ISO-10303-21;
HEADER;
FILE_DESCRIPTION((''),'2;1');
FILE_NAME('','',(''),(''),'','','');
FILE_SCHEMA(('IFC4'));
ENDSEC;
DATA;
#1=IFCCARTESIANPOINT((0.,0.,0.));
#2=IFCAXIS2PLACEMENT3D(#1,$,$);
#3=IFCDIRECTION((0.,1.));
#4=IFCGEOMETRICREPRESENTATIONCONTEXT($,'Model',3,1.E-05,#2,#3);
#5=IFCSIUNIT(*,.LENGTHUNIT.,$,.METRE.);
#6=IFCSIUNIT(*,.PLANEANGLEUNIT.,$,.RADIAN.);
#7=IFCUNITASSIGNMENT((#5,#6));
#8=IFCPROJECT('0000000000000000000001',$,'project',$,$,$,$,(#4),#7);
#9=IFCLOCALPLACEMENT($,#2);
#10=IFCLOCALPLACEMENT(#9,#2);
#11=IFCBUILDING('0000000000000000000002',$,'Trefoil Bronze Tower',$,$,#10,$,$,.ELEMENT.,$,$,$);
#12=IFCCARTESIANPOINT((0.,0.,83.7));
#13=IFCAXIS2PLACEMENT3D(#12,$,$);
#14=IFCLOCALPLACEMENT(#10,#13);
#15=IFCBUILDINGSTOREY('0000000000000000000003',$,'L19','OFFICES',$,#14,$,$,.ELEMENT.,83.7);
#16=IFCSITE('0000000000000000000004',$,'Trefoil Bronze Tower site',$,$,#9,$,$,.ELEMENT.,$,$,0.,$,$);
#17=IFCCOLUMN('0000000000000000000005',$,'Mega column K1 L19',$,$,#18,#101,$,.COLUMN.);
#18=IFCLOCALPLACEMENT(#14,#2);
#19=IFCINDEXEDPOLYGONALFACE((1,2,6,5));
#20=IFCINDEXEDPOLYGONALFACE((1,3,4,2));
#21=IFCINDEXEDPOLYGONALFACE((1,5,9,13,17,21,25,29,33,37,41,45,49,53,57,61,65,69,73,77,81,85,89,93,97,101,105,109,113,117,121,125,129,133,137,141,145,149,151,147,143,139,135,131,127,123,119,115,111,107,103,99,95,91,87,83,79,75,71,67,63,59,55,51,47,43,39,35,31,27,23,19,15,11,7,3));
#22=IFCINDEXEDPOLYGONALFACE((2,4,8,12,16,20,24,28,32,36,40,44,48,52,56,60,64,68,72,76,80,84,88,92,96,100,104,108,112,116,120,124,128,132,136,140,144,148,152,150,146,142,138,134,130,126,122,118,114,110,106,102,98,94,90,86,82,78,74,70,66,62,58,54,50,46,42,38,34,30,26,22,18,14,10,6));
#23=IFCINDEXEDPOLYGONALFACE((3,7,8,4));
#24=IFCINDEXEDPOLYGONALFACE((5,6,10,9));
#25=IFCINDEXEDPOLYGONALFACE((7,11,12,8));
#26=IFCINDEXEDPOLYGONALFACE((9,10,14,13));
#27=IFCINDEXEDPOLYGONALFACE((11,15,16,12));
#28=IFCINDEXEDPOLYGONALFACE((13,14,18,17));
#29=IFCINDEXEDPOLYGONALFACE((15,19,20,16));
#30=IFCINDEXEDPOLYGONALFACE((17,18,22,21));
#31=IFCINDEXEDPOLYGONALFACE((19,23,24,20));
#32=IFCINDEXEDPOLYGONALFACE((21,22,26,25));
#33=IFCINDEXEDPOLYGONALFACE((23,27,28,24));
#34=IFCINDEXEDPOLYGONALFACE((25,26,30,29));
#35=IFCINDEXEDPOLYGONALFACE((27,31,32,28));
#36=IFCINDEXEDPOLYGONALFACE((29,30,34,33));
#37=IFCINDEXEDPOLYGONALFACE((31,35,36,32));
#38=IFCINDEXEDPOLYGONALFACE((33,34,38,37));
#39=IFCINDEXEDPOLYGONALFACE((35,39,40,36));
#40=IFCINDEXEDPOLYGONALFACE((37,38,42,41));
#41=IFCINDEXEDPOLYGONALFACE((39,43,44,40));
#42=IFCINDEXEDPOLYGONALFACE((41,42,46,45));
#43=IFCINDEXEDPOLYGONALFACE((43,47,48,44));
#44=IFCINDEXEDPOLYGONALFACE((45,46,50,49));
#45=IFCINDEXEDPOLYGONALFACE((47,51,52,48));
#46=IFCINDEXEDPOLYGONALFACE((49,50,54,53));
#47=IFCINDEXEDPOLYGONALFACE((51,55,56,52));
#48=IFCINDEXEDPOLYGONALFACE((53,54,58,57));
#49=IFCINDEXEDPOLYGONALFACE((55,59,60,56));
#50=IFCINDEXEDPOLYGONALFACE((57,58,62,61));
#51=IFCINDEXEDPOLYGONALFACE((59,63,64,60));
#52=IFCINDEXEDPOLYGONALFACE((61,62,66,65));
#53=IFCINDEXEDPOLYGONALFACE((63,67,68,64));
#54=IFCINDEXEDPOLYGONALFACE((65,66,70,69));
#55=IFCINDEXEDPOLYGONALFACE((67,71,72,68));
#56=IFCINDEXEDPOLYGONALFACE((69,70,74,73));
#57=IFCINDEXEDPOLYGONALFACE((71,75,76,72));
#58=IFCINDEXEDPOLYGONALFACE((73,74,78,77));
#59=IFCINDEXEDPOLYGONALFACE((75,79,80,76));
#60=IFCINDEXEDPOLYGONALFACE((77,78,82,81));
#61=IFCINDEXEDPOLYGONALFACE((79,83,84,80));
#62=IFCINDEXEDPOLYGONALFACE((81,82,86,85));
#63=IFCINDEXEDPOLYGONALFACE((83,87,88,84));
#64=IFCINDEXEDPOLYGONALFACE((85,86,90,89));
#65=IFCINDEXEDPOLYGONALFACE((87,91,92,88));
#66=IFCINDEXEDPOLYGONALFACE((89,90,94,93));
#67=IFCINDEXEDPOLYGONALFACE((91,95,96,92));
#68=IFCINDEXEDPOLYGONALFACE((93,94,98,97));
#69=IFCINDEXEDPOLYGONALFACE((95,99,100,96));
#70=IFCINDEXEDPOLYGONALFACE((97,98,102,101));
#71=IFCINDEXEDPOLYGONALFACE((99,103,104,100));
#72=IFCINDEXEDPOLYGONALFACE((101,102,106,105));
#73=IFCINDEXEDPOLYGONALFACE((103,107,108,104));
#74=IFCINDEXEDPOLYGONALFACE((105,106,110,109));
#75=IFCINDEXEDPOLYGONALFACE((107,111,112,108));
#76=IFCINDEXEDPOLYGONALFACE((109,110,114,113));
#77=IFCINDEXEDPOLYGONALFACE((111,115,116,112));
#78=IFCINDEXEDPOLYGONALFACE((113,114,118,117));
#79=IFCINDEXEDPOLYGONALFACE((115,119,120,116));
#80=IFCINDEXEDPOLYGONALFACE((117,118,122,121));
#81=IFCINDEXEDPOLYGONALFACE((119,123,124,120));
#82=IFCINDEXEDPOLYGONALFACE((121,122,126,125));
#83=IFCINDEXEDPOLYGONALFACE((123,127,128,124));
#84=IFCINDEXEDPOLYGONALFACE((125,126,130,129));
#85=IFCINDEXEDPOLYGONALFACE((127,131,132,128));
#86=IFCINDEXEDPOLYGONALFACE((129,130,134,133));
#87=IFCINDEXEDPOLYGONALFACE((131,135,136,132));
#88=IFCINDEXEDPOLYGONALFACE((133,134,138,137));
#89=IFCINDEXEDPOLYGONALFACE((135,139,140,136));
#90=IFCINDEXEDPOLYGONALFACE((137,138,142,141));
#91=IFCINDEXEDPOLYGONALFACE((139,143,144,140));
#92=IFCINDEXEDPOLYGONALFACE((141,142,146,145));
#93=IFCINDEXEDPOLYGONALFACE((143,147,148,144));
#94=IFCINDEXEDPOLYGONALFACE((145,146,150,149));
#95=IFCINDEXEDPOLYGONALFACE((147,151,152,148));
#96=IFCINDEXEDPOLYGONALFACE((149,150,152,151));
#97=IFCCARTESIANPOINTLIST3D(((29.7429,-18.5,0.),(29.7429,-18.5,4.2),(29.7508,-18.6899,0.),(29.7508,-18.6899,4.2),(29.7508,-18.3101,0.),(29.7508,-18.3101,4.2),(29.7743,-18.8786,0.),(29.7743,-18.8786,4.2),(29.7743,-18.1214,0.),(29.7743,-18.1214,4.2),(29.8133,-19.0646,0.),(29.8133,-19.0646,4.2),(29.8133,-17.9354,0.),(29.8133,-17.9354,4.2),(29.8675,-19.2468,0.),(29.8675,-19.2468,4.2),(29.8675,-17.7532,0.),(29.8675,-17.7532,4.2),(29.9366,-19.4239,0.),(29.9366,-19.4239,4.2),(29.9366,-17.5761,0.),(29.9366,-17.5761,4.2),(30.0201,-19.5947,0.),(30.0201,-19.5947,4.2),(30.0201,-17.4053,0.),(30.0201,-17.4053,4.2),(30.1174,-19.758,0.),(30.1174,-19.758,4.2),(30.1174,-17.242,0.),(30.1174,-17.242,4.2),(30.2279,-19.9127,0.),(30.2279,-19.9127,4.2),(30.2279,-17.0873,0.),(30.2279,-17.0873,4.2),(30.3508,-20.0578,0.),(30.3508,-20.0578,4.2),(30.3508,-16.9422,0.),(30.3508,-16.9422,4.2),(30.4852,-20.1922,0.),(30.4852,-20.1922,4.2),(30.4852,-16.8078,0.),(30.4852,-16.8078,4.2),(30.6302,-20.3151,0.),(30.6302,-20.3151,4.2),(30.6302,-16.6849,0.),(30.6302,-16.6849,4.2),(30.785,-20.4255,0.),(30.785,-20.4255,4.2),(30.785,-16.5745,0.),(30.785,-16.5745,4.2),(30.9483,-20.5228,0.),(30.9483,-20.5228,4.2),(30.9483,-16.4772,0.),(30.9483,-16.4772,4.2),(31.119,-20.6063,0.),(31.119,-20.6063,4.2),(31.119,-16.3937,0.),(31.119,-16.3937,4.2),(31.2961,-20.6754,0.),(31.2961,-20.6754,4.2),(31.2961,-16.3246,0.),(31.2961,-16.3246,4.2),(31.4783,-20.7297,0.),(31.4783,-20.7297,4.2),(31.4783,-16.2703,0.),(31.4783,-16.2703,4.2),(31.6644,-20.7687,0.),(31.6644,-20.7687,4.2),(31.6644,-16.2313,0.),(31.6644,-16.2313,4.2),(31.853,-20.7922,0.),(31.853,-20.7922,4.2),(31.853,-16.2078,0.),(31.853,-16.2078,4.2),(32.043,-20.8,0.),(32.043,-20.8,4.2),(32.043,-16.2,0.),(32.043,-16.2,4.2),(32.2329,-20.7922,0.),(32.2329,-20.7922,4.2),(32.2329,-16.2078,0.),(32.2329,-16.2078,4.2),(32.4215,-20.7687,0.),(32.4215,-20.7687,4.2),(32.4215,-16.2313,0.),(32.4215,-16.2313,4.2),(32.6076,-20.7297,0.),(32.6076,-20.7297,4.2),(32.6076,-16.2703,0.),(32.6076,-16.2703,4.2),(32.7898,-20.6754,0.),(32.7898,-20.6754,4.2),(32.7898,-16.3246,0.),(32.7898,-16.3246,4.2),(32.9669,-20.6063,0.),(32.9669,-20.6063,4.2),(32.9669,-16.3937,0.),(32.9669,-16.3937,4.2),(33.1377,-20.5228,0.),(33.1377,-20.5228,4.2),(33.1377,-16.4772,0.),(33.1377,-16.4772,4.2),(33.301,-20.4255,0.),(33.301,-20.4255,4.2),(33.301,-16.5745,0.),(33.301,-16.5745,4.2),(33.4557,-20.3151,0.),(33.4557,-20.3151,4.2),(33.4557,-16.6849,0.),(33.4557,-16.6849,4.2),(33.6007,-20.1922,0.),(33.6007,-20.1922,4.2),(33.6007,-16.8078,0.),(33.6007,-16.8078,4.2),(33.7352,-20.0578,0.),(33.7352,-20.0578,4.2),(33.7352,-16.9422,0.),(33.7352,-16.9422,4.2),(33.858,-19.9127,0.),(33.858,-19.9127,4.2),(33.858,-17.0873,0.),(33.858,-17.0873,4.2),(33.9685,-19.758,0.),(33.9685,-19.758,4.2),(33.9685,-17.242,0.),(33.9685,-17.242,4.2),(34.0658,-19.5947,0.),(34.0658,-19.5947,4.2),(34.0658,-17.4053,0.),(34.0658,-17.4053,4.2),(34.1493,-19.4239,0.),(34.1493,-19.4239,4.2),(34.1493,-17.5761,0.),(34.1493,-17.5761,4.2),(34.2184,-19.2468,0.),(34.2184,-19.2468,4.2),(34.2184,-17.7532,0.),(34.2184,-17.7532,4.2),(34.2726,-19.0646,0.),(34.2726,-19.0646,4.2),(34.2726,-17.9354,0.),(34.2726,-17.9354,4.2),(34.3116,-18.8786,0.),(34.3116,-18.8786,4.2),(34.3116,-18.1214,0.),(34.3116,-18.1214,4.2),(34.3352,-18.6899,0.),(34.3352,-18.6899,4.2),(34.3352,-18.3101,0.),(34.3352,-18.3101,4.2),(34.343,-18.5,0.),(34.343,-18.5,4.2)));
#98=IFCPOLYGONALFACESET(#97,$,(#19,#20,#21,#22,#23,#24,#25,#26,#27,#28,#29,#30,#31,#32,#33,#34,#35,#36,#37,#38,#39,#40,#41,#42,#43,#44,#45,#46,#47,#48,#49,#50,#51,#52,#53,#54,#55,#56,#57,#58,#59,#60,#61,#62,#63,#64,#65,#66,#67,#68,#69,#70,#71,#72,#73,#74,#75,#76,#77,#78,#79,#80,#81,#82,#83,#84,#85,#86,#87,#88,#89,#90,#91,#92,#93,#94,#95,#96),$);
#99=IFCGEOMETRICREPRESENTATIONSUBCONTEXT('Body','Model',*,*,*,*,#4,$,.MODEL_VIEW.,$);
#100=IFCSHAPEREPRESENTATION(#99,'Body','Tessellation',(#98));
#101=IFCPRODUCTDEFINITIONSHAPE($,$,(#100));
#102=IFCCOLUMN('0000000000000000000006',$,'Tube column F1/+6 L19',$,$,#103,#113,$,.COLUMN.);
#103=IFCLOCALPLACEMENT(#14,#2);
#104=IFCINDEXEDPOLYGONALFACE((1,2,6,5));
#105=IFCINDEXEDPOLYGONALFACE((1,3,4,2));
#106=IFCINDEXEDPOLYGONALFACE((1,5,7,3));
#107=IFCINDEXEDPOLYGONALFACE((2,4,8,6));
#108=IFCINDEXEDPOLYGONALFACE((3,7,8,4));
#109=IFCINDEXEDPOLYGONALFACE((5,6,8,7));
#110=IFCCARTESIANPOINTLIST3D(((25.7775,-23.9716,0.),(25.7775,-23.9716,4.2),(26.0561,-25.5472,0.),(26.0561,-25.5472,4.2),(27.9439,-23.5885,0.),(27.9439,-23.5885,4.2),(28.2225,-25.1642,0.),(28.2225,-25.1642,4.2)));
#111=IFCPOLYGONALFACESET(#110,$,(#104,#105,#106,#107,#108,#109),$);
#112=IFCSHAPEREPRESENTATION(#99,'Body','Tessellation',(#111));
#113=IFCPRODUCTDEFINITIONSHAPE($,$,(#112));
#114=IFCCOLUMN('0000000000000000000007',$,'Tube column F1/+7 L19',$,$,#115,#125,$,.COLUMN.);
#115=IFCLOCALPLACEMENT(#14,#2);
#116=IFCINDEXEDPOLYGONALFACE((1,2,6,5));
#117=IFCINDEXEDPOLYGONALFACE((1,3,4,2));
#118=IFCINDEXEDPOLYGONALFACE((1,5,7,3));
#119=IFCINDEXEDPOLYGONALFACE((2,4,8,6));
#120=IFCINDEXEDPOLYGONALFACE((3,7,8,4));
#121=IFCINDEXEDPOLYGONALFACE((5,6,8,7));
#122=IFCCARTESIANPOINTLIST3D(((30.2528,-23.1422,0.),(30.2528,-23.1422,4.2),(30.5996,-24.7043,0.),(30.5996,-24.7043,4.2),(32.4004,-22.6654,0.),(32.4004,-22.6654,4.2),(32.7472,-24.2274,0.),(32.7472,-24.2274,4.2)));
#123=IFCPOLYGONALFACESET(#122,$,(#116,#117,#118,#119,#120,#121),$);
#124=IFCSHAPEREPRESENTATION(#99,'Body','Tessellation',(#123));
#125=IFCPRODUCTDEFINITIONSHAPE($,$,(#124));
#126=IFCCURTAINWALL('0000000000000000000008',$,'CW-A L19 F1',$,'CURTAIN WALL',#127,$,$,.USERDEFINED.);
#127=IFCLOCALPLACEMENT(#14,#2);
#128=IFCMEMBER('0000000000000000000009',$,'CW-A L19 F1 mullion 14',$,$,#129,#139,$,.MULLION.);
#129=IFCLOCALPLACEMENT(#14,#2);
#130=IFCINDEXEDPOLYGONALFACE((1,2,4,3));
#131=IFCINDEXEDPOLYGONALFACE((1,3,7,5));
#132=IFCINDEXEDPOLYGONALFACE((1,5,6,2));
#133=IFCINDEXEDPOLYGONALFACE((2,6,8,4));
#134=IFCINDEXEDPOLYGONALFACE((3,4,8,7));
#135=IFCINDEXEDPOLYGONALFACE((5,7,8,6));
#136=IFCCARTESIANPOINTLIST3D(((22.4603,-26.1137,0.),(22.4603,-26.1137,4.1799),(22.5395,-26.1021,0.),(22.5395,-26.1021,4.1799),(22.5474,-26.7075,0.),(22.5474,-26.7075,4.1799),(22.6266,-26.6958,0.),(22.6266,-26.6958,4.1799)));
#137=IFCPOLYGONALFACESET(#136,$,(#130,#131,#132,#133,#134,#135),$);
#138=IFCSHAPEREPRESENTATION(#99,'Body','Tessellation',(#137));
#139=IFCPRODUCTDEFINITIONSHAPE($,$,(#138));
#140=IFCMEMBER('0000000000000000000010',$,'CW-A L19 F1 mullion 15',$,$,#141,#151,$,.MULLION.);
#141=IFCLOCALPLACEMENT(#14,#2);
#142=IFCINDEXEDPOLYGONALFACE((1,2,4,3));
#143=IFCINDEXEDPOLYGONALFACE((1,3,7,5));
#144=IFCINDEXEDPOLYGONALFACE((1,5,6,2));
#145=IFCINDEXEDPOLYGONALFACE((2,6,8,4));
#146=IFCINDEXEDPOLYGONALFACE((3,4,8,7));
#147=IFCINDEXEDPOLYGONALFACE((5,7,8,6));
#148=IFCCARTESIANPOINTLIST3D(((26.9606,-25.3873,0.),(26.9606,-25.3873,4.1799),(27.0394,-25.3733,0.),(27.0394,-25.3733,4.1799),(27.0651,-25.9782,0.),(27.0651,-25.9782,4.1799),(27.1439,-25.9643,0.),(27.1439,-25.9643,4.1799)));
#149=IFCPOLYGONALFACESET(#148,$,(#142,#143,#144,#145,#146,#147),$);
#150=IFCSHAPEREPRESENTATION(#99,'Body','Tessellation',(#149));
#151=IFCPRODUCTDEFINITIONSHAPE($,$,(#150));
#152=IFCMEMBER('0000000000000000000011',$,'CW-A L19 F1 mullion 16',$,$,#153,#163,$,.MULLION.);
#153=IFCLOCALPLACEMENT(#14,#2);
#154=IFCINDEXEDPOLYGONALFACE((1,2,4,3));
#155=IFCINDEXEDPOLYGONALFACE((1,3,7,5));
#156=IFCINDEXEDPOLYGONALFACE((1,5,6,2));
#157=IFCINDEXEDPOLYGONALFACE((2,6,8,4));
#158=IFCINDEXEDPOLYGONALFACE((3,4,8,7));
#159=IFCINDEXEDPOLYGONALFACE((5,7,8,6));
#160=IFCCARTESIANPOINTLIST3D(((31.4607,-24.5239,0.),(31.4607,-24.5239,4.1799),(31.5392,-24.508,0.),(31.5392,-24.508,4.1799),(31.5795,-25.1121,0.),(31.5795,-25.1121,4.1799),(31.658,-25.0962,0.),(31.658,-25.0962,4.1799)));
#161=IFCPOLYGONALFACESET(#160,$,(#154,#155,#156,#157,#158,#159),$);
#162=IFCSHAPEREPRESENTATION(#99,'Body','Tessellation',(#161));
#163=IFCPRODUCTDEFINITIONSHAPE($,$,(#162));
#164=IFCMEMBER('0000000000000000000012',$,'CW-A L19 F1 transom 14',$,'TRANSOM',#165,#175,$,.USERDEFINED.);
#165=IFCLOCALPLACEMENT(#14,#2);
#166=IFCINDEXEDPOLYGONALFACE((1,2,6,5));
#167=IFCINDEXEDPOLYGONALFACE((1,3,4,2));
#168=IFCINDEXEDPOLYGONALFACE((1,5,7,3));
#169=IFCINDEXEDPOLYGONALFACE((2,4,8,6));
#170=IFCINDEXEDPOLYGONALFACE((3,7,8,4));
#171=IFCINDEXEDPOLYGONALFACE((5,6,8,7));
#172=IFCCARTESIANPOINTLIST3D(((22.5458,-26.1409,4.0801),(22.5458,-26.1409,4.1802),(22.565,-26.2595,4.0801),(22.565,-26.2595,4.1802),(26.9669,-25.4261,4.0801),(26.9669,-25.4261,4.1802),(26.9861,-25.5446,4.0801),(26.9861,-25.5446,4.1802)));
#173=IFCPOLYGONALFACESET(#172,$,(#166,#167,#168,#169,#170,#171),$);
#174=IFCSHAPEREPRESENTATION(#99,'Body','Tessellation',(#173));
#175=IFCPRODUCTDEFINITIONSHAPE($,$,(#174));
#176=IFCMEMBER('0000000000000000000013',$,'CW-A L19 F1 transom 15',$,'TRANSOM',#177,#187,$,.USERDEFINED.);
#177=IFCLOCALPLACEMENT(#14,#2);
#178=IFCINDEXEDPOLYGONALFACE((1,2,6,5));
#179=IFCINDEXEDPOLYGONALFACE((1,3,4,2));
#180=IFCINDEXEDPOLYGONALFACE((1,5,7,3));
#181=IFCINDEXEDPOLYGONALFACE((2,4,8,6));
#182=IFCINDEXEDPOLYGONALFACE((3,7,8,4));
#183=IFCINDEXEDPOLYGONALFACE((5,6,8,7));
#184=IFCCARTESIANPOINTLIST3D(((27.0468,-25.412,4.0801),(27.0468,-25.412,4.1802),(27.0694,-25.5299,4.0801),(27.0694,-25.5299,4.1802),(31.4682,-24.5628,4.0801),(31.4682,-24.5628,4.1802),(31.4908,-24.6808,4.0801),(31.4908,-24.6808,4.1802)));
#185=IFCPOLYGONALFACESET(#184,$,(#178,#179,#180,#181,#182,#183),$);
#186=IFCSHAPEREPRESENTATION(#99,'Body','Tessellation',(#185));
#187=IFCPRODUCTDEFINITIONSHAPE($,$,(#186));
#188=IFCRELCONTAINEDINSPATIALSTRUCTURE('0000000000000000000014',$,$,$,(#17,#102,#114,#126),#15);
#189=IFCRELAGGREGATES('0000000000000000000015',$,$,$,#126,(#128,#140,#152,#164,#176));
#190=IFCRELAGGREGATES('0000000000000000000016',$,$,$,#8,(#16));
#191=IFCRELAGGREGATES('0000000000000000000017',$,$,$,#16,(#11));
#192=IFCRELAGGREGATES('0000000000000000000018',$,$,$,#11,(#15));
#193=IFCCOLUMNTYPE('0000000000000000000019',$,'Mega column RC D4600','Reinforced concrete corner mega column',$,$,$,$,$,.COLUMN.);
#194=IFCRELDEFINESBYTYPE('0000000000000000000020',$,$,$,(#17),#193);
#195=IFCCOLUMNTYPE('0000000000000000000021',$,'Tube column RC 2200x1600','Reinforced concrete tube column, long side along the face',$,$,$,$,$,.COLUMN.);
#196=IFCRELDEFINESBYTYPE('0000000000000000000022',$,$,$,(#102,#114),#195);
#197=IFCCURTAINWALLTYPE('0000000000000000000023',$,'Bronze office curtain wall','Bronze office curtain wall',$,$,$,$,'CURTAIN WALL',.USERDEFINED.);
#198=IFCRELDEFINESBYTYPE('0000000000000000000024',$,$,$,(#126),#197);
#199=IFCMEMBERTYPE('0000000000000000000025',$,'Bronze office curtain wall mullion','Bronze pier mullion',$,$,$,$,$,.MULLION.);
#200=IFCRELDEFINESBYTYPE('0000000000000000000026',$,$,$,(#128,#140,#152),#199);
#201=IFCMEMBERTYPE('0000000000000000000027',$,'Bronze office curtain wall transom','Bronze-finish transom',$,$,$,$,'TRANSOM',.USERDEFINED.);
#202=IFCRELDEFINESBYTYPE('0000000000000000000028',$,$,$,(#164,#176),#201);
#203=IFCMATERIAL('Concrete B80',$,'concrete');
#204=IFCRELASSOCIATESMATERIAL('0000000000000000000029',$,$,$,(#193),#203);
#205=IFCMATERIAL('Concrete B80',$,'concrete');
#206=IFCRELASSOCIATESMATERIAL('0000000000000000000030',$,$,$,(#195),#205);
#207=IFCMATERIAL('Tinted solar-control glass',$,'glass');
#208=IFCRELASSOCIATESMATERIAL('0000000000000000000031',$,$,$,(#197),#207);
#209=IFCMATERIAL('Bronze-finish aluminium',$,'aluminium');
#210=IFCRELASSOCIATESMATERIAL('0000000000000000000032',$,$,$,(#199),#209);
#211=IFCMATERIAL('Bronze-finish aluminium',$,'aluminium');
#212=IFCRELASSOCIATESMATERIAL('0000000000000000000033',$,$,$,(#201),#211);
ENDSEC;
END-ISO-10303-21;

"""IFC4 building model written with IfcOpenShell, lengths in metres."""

from ifc_helpers import new_model, si_unit, direction, frame, origin, origin_2d, place, context, subcontext, project, spatial, rectangle, circle, extrude, material, material_profile, profile_set, type_object, element, aggregate, save


model = new_model("IFC4")

# Units and contexts
model_context = context("Model", 3, precision=1e-05, world=origin(), true_north=direction((0.0, 1.0)))
body_context = subcontext(model_context, "Body", "Model", "MODEL_VIEW")
ifc_project = project(units=[si_unit("LENGTHUNIT", "METRE"), si_unit("PLANEANGLEUNIT", "RADIAN")], contexts=[model_context])

# Site, building, storey
site_placement = place(None, origin())
site = spatial("IfcSite", under=ifc_project, at=site_placement, Name="Trefoil Bronze Tower site", CompositionType="ELEMENT", RefElevation=0.0)
building_placement = place(site_placement, origin())
building = spatial("IfcBuilding", under=site, at=building_placement, Name="Trefoil Bronze Tower", CompositionType="ELEMENT")
storey_placement = place(building_placement, frame((0.0, 0.0, 83.7)))
storey = spatial("IfcBuildingStorey", under=building, at=storey_placement, Name="L19", Description="OFFICES", CompositionType="ELEMENT", Elevation=83.7)

# Columns
ifc_material_1 = material(Name="Concrete B80", Category="concrete")
ifc_material_profile_1 = material_profile(ifc_material_1, circle(Radius=2.3, at=origin_2d()), Name="RC D4600")
ifc_profile_set_1 = profile_set([ifc_material_profile_1], Name="Concrete B80")
column_type_1 = type_object("IfcColumnType", Name="Mega column RC D4600", Description="Reinforced concrete corner mega column", PredefinedType="COLUMN", material=ifc_profile_set_1)
column_placement = place(storey_placement, frame((32.043, -18.5, 0.0), z_axis=(0.0, 0.0, 1.0), x_axis=(1.0, 0.0, 0.0)))
element("IfcColumn", 1, at=column_placement, inside=storey, type_object=column_type_1, Name="Mega column K1 L19", PredefinedType="COLUMN", context=body_context, shape_type="SweptSolid", body=[
    extrude(circle(Radius=2.3, at=origin_2d()), origin(), (0.0, 0.0, 1.0), 4.2),
])
ifc_material_2 = material(Name="Concrete B80", Category="concrete")
ifc_material_profile_2 = material_profile(ifc_material_2, rectangle(XDim=2.2, YDim=1.6001, at=origin_2d()), Name="RC 2200x1600")
ifc_profile_set_2 = profile_set([ifc_material_profile_2], Name="Concrete B80")
column_type_2 = type_object("IfcColumnType", Name="Tube column RC 2200x1600", Description="Reinforced concrete tube column, long side along the face", PredefinedType="COLUMN", material=ifc_profile_set_2)
for number, where, z_axis, x_axis, name in (
    (2, (27.0, -24.5679, 0.0), (0.0, 0.0, 1.0), (0.984722, 0.174131, 0.0), "Tube column F1/+6 L19"),
    (3, (31.5, -23.6848, 0.0), (0.0, 0.0, 1.0), (0.97623, 0.216739, 0.0), "Tube column F1/+7 L19"),
):
    element("IfcColumn", number, at=place(storey_placement, frame(where, z_axis=z_axis, x_axis=x_axis)), inside=storey, type_object=column_type_2, Name=name, PredefinedType="COLUMN", context=body_context, shape_type="SweptSolid", body=[
        extrude(rectangle(XDim=2.2, YDim=1.6001, at=origin_2d()), origin(), (0.0, 0.0, 1.0), 4.2),
    ])

# Curtain wall, members
ifc_material_3 = material(Name="Tinted solar-control glass", Category="glass")
curtain_wall_type_1 = type_object("IfcCurtainWallType", Name="Bronze office curtain wall", Description="Bronze office curtain wall", ElementType="CURTAIN WALL", PredefinedType="USERDEFINED", material=ifc_material_3)
curtain_wall_1_placement = place(storey_placement, origin())
curtain_wall_1 = element("IfcCurtainWall", 4, at=curtain_wall_1_placement, inside=storey, type_object=curtain_wall_type_1, Name="CW-A L19 F1", ObjectType="CURTAIN WALL", PredefinedType="USERDEFINED")
ifc_material_4 = material(Name="Bronze-finish aluminium", Category="aluminium")
ifc_material_profile_3 = material_profile(ifc_material_4, rectangle(XDim=0.6001, YDim=0.0801, at=origin_2d()), Name="CW-A mullion")
ifc_profile_set_3 = profile_set([ifc_material_profile_3], Name="Bronze-finish aluminium")
member_type_1 = type_object("IfcMemberType", Name="Bronze office curtain wall mullion", Description="Bronze pier mullion", PredefinedType="MULLION", material=ifc_profile_set_3)
member_1_placement = place(storey_placement, frame((22.5435, -26.4048, 0.0), z_axis=(0.0, 0.0, 1.0), x_axis=(-0.145109, 0.989416, 0.0)))
member_1 = element("IfcMember", 5, at=member_1_placement, type_object=member_type_1, Name="CW-A L19 F1 mullion 14", PredefinedType="MULLION", context=body_context, shape_type="SweptSolid", body=[
    extrude(rectangle(XDim=0.6001, YDim=0.0801, at=origin_2d()), origin(), (0.0, 0.0, 1.0), 4.1799),
])
member_2_placement = place(storey_placement, frame((27.0522, -25.6758, 0.0), z_axis=(0.0, 0.0, 1.0), x_axis=(-0.174131, 0.984722, 0.0)))
member_2 = element("IfcMember", 6, at=member_2_placement, type_object=member_type_1, Name="CW-A L19 F1 mullion 15", PredefinedType="MULLION", context=body_context, shape_type="SweptSolid", body=[
    extrude(rectangle(XDim=0.6001, YDim=0.0801, at=origin_2d()), origin(), (0.0, 0.0, 1.0), 4.1799),
])
member_3_placement = place(storey_placement, frame((31.5593, -24.8101, 0.0), z_axis=(0.0, 0.0, 1.0), x_axis=(-0.19791, 0.98022, 0.0)))
member_3 = element("IfcMember", 7, at=member_3_placement, type_object=member_type_1, Name="CW-A L19 F1 mullion 16", PredefinedType="MULLION", context=body_context, shape_type="SweptSolid", body=[
    extrude(rectangle(XDim=0.6001, YDim=0.0801, at=origin_2d()), origin(), (0.0, 0.0, 1.0), 4.1799),
])
ifc_material_5 = material(Name="Bronze-finish aluminium", Category="aluminium")
ifc_material_profile_4 = material_profile(ifc_material_5, rectangle(XDim=0.1201, YDim=0.1001, at=origin_2d()), Name="CW-A transom")
ifc_profile_set_4 = profile_set([ifc_material_profile_4], Name="Bronze-finish aluminium")
member_type_2 = type_object("IfcMemberType", Name="Bronze office curtain wall transom", Description="Bronze-finish transom", ElementType="TRANSOM", PredefinedType="USERDEFINED", material=ifc_profile_set_4)
member_4_placement = place(storey_placement, frame((22.5554, -26.2002, 4.1301), z_axis=(0.987179, 0.159615, 0.0), x_axis=(-0.159615, 0.987179, 0.0)))
member_4 = element("IfcMember", 8, at=member_4_placement, type_object=member_type_2, Name="CW-A L19 F1 transom 14", ObjectType="TRANSOM", PredefinedType="USERDEFINED", context=body_context, shape_type="SweptSolid", body=[
    extrude(rectangle(XDim=0.1201, YDim=0.1001, at=origin_2d()), origin(), (0.0, 0.0, 1.0), 4.4785),
])
member_5_placement = place(storey_placement, frame((27.0581, -25.4709, 4.1301), z_axis=(0.982054, 0.188602, 0.0), x_axis=(-0.188602, 0.982054, 0.0)))
member_5 = element("IfcMember", 9, at=member_5_placement, type_object=member_type_2, Name="CW-A L19 F1 transom 15", ObjectType="TRANSOM", PredefinedType="USERDEFINED", context=body_context, shape_type="SweptSolid", body=[
    extrude(rectangle(XDim=0.1201, YDim=0.1001, at=origin_2d()), origin(), (0.0, 0.0, 1.0), 4.5022),
])

aggregate(curtain_wall_1, [member_1, member_2, member_3, member_4, member_5])

save(model, "model.ifc")
